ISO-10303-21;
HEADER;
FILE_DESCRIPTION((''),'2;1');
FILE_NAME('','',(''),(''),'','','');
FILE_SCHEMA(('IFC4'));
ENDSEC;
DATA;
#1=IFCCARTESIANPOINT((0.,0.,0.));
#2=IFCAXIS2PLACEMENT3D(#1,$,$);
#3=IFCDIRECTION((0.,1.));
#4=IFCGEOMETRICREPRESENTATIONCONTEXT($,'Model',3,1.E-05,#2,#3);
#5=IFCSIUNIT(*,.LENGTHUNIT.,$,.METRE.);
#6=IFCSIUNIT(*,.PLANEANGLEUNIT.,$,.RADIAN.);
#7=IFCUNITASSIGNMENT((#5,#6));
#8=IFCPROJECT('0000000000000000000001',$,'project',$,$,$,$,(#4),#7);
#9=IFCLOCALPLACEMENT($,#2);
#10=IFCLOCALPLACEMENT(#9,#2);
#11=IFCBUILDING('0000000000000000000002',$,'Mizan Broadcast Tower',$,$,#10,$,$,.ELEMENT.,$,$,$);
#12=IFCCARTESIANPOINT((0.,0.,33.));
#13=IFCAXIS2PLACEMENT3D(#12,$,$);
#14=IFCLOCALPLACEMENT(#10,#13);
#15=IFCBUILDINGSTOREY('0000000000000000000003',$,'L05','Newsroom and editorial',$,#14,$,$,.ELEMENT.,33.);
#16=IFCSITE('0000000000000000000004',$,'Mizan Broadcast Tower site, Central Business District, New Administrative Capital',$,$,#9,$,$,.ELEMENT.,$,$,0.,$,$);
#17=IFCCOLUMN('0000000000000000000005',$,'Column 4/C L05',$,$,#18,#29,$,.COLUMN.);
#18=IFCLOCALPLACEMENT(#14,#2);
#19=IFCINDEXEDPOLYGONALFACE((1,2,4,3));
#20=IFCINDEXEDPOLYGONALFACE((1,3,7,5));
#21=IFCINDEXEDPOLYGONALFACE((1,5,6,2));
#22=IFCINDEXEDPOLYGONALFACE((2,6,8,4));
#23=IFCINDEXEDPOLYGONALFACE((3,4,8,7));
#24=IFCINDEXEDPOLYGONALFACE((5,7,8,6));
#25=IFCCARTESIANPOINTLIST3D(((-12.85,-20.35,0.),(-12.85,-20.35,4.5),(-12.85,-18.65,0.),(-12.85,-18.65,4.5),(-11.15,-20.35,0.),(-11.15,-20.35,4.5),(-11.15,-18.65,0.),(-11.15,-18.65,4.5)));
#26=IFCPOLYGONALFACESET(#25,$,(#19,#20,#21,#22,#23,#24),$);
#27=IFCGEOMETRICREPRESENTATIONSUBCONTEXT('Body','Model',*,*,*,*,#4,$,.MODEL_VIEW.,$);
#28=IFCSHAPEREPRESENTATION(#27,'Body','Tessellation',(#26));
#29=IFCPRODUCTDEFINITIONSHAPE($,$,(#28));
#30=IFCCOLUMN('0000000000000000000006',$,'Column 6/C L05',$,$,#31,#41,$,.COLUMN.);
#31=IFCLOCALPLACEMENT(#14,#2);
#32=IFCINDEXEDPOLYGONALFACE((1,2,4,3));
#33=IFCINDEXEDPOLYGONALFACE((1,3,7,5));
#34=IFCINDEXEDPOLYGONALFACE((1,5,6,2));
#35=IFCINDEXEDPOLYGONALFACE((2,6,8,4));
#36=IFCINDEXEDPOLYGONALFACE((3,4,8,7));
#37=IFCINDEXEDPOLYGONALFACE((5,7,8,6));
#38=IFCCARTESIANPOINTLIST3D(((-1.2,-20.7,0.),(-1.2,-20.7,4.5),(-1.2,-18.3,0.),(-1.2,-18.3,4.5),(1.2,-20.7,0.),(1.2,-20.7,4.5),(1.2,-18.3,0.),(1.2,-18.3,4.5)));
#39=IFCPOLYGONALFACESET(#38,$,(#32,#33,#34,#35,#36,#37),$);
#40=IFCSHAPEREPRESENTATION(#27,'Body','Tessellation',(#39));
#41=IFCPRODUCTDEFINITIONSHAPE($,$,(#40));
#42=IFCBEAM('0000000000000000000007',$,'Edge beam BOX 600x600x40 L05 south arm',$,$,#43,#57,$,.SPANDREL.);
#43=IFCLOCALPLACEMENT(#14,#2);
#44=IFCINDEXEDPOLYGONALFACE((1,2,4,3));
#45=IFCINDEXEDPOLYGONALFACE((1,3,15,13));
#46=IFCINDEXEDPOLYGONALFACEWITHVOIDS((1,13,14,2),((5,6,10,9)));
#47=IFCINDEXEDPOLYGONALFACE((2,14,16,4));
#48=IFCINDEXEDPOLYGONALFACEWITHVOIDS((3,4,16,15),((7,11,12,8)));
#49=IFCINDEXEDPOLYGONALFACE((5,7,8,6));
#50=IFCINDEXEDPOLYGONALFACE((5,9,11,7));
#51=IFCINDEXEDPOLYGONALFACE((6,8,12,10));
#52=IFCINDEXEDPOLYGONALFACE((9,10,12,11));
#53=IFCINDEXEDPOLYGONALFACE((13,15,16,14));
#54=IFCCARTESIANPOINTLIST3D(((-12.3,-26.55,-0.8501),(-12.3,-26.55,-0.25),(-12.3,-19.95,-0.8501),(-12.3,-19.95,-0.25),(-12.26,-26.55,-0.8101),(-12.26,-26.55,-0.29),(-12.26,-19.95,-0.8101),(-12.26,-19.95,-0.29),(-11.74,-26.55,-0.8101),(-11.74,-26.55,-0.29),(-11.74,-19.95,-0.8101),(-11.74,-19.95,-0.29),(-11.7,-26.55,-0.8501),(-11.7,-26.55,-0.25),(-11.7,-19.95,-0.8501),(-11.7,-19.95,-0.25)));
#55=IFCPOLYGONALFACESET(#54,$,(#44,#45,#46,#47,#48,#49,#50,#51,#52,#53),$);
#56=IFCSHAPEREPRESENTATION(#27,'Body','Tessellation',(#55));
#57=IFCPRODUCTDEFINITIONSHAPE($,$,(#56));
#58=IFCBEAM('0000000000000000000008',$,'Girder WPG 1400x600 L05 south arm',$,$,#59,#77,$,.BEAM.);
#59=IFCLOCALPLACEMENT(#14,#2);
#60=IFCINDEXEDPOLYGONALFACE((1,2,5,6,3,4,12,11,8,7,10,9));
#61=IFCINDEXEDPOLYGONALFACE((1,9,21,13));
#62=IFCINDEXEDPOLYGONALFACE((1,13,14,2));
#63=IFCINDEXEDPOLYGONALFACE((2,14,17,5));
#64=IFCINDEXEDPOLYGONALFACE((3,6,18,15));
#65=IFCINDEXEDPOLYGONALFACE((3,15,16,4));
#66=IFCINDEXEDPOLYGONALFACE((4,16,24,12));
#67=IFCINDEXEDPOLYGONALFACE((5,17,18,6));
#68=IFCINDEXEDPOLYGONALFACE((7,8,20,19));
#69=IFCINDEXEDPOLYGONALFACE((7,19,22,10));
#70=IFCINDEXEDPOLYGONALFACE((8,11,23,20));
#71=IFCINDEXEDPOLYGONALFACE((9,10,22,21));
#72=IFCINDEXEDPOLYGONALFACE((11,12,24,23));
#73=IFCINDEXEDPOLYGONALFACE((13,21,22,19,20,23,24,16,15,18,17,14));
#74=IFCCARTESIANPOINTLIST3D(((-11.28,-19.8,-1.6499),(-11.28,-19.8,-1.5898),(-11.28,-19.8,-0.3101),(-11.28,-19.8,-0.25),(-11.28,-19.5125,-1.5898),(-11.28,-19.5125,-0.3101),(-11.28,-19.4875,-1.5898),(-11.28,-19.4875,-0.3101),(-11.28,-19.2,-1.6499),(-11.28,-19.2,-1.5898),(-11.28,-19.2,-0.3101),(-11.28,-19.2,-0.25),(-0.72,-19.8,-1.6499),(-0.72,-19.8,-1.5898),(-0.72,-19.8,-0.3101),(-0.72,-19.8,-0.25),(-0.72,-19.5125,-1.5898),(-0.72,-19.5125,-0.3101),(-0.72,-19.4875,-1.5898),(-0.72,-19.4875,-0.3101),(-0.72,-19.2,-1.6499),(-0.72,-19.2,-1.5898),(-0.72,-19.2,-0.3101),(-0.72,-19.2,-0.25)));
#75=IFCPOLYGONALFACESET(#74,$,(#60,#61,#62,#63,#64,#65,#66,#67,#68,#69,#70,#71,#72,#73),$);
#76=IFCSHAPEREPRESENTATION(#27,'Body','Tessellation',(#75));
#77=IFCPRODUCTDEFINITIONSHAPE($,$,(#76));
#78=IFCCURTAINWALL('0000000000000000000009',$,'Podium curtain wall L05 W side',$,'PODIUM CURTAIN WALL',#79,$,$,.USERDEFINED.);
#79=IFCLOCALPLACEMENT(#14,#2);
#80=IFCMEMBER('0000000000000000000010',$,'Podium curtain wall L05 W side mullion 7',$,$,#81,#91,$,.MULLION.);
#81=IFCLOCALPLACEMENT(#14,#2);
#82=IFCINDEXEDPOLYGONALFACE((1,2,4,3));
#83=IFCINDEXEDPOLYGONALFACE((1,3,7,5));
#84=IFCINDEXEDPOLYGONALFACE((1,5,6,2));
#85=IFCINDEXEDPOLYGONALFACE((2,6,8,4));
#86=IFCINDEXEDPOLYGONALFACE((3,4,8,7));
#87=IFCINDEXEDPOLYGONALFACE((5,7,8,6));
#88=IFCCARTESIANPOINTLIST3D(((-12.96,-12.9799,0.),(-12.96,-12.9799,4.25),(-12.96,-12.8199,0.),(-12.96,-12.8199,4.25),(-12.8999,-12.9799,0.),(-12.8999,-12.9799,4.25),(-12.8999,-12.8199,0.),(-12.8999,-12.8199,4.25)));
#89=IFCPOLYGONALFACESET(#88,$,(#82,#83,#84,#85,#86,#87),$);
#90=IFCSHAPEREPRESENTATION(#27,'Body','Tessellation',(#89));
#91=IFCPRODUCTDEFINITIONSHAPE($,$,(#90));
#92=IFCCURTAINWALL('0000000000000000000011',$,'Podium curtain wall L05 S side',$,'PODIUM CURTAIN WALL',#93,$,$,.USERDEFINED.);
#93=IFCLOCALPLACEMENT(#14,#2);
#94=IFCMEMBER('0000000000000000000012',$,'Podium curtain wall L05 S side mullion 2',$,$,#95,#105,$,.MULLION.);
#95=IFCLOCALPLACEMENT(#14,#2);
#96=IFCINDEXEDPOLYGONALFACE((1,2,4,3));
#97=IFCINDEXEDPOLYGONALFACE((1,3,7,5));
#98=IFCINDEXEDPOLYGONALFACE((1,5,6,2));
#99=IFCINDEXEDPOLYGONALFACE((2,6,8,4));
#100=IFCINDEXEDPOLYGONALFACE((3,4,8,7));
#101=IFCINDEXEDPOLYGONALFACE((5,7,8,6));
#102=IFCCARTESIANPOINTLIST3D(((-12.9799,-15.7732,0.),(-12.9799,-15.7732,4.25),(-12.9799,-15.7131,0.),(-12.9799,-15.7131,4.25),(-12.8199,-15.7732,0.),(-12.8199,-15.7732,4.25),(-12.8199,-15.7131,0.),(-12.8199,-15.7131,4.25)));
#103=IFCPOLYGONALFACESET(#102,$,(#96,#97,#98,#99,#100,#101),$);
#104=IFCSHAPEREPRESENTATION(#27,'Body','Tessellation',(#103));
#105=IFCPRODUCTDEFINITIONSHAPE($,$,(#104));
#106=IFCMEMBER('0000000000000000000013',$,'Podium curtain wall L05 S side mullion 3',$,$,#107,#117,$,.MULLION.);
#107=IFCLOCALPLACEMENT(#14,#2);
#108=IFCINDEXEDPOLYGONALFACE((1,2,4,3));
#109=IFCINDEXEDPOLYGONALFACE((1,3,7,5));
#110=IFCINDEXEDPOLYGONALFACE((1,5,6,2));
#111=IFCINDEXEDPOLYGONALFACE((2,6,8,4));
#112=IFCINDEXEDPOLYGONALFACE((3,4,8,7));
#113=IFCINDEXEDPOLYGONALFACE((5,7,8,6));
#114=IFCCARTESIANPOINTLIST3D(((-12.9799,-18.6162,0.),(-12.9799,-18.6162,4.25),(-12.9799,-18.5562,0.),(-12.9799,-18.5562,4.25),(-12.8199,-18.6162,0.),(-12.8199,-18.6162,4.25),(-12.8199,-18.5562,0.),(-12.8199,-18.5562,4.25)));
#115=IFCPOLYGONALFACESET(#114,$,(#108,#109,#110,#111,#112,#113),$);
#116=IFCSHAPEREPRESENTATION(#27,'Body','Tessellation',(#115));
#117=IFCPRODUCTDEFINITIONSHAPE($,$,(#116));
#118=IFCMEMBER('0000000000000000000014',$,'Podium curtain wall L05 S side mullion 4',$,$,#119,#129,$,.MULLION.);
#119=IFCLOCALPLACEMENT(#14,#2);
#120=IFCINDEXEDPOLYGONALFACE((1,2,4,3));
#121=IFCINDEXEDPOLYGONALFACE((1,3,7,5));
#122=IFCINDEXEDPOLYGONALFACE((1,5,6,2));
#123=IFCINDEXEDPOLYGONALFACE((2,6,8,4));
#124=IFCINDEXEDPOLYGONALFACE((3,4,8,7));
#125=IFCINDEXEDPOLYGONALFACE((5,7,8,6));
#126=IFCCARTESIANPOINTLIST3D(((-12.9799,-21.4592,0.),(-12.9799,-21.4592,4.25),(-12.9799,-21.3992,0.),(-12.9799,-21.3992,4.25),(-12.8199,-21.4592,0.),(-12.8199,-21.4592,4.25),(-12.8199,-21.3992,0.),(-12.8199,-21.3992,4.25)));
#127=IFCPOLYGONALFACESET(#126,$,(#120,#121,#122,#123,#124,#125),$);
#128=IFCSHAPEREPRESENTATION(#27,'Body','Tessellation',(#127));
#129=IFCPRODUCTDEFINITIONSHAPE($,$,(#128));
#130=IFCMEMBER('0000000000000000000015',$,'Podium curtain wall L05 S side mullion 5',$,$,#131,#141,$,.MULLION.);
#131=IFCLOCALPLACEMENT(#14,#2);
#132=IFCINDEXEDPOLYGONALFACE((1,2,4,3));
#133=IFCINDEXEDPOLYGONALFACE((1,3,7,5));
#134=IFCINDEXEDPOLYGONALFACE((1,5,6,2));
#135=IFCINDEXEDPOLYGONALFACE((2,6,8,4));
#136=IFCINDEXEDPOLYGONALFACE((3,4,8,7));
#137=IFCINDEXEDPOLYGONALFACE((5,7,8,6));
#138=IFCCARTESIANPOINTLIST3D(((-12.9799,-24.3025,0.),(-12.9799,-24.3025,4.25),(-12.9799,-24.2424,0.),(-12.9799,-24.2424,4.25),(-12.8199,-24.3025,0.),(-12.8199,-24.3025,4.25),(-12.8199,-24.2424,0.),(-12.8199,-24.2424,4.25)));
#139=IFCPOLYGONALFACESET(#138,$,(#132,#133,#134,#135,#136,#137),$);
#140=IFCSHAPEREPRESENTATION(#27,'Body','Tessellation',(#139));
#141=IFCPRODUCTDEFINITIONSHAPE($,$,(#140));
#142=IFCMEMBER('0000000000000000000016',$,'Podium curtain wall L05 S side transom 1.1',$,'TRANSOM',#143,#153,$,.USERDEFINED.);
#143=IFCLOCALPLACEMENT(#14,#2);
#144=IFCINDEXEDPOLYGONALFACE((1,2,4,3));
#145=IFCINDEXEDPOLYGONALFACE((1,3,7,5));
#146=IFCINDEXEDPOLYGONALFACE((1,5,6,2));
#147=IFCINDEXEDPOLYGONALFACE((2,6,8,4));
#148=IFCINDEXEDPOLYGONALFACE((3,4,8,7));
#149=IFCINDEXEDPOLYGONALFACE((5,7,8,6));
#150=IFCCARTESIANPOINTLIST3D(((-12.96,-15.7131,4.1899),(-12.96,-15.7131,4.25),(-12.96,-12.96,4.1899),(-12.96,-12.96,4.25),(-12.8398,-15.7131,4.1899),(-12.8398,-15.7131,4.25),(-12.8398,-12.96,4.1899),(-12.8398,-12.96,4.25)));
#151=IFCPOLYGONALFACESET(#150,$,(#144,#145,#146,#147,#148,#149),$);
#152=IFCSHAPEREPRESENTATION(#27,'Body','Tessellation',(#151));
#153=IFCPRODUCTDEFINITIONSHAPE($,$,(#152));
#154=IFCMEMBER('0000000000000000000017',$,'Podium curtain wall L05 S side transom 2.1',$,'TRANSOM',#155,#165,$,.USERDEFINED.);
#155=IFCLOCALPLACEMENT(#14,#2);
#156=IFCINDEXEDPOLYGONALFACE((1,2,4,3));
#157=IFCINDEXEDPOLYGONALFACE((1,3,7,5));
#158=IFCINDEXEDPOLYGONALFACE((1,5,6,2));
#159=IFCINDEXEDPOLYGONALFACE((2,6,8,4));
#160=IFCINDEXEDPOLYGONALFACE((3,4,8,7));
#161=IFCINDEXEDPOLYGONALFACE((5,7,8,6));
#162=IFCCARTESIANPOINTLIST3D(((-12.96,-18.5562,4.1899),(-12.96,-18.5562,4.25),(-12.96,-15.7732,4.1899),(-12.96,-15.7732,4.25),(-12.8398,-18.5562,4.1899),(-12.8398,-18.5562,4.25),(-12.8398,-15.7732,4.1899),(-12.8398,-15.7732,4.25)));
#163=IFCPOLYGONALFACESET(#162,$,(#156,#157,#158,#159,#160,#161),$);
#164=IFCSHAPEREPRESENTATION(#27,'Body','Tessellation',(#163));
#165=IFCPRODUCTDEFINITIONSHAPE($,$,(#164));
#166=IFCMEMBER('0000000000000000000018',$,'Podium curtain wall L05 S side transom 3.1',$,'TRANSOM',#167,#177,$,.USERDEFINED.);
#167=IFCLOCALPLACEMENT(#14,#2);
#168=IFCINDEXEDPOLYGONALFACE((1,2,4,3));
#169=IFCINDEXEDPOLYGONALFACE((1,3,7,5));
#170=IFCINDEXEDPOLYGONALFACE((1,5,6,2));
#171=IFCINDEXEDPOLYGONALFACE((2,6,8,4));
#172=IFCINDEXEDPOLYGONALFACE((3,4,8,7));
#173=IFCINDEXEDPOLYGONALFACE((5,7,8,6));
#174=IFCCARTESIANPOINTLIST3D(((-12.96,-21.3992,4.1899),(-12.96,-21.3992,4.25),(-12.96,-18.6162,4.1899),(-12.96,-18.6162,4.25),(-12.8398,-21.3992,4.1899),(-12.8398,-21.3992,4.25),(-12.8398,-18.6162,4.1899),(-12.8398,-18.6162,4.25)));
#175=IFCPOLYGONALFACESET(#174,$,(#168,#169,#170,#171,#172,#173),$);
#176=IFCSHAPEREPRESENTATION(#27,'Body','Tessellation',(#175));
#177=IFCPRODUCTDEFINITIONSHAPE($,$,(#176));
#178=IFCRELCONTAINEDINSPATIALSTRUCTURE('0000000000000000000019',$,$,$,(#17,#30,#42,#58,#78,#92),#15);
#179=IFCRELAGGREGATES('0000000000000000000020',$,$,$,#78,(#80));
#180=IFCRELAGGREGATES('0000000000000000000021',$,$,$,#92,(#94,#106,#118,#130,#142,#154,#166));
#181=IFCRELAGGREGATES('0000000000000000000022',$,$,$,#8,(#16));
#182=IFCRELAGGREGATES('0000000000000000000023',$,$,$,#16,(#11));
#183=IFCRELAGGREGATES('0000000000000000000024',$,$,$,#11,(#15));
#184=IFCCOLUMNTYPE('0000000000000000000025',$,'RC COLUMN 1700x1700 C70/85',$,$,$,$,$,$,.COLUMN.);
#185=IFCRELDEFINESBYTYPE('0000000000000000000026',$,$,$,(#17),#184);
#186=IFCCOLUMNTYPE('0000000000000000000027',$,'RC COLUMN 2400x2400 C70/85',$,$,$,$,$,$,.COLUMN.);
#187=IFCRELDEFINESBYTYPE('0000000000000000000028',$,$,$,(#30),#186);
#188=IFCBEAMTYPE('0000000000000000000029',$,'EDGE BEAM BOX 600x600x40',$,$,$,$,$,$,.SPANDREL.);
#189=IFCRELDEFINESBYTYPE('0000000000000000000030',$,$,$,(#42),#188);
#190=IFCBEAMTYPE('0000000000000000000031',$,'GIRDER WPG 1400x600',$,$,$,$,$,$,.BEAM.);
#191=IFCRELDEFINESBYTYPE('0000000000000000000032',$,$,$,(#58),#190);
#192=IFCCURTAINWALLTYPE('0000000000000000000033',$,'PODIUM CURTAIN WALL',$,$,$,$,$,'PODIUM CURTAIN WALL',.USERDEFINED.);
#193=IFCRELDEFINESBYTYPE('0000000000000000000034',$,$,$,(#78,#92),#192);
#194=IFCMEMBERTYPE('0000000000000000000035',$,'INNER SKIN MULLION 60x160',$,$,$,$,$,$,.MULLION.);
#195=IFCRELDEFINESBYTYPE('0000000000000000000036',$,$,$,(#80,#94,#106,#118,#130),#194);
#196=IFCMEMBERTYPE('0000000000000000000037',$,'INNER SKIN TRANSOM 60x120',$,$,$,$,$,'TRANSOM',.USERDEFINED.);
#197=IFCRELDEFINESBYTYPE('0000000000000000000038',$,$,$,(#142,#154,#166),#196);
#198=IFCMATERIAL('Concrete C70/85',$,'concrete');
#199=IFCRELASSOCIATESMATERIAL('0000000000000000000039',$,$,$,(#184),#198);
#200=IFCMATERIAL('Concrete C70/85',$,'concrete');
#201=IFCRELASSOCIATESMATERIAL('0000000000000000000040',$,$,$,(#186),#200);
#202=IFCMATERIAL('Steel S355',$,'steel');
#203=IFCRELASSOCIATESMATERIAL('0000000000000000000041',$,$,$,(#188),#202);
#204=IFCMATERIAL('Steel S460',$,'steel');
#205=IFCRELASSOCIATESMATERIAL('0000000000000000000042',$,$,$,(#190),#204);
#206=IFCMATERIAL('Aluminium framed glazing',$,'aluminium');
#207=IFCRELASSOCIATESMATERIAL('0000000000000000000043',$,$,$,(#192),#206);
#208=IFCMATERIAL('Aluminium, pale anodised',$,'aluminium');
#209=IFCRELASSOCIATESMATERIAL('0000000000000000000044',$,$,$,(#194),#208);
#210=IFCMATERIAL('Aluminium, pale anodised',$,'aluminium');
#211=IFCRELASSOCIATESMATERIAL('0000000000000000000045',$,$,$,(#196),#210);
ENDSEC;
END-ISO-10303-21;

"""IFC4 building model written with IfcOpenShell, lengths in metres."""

from ifc_helpers import new_model, si_unit, direction, frame, origin, origin_2d, place, context, subcontext, project, spatial, rectangle, hollow_rectangle, i_section, extrude, material, material_profile, profile_set, type_object, element, aggregate, save


model = new_model("IFC4")

# Units and contexts
model_context = context("Model", 3, precision=1e-05, world=origin(), true_north=direction((0.0, 1.0)))
body_context = subcontext(model_context, "Body", "Model", "MODEL_VIEW")
ifc_project = project(units=[si_unit("LENGTHUNIT", "METRE"), si_unit("PLANEANGLEUNIT", "RADIAN")], contexts=[model_context])

# Site, building, storey
site_placement = place(None, origin())
site = spatial("IfcSite", under=ifc_project, at=site_placement, Name="Mizan Broadcast Tower site, Central Business District, New Administrative Capital", CompositionType="ELEMENT", RefElevation=0.0)
building_placement = place(site_placement, origin())
building = spatial("IfcBuilding", under=site, at=building_placement, Name="Mizan Broadcast Tower", CompositionType="ELEMENT")
storey_placement = place(building_placement, frame((0.0, 0.0, 33.0)))
storey = spatial("IfcBuildingStorey", under=building, at=storey_placement, Name="L05", Description="Newsroom and editorial", CompositionType="ELEMENT", Elevation=33.0)

# Columns
ifc_material_1 = material(Name="Concrete C70/85", Category="concrete")
ifc_material_profile_1 = material_profile(ifc_material_1, rectangle(XDim=1.7, YDim=1.7, at=origin_2d()), Name="RC 1700x1700")
ifc_profile_set_1 = profile_set([ifc_material_profile_1], Name="Concrete C70/85")
column_type_1 = type_object("IfcColumnType", Name="RC COLUMN 1700x1700 C70/85", PredefinedType="COLUMN", material=ifc_profile_set_1)
column_1_placement = place(storey_placement, frame((-12.0, -19.5, 0.0), z_axis=(0.0, 0.0, 1.0), x_axis=(1.0, 0.0, 0.0)))
element("IfcColumn", 1, at=column_1_placement, inside=storey, type_object=column_type_1, Name="Column 4/C L05", PredefinedType="COLUMN", context=body_context, shape_type="SweptSolid", body=[
    extrude(rectangle(XDim=1.7, YDim=1.7, at=origin_2d()), origin(), (0.0, 0.0, 1.0), 4.5),
])
ifc_material_2 = material(Name="Concrete C70/85", Category="concrete")
ifc_material_profile_2 = material_profile(ifc_material_2, rectangle(XDim=2.3999, YDim=2.3999, at=origin_2d()), Name="RC 2400x2400")
ifc_profile_set_2 = profile_set([ifc_material_profile_2], Name="Concrete C70/85")
column_type_2 = type_object("IfcColumnType", Name="RC COLUMN 2400x2400 C70/85", PredefinedType="COLUMN", material=ifc_profile_set_2)
column_2_placement = place(storey_placement, frame((0.0, -19.5, 0.0), z_axis=(0.0, 0.0, 1.0), x_axis=(1.0, 0.0, 0.0)))
element("IfcColumn", 2, at=column_2_placement, inside=storey, type_object=column_type_2, Name="Column 6/C L05", PredefinedType="COLUMN", context=body_context, shape_type="SweptSolid", body=[
    extrude(rectangle(XDim=2.3999, YDim=2.3999, at=origin_2d()), origin(), (0.0, 0.0, 1.0), 4.5),
])

# Beams
ifc_material_3 = material(Name="Steel S355", Category="steel")
ifc_material_profile_3 = material_profile(ifc_material_3, hollow_rectangle(XDim=0.6001, YDim=0.6001, WallThickness=0.04, at=origin_2d()), Name="BOX 600x600x40")
ifc_profile_set_3 = profile_set([ifc_material_profile_3], Name="Steel S355")
beam_type_1 = type_object("IfcBeamType", Name="EDGE BEAM BOX 600x600x40", PredefinedType="SPANDREL", material=ifc_profile_set_3)
beam_1_placement = place(storey_placement, frame((-12.0, -19.95, -0.55), z_axis=(0.0, -1.0, 0.0), x_axis=(1.0, 0.0, 0.0)))
element("IfcBeam", 3, at=beam_1_placement, inside=storey, type_object=beam_type_1, Name="Edge beam BOX 600x600x40 L05 south arm", PredefinedType="SPANDREL", context=body_context, shape_type="SweptSolid", body=[
    extrude(hollow_rectangle(XDim=0.6001, YDim=0.6001, WallThickness=0.04, at=origin_2d()), origin(), (0.0, 0.0, 1.0), 6.6001),
])
ifc_material_4 = material(Name="Steel S460", Category="steel")
ifc_material_profile_4 = material_profile(ifc_material_4, i_section(OverallWidth=0.6001, OverallDepth=1.3999, WebThickness=0.0249, FlangeThickness=0.0601, at=origin_2d()), Name="WPG 1400x600")
ifc_profile_set_4 = profile_set([ifc_material_profile_4], Name="Steel S460")
beam_type_2 = type_object("IfcBeamType", Name="GIRDER WPG 1400x600", PredefinedType="BEAM", material=ifc_profile_set_4)
beam_2_placement = place(storey_placement, frame((-11.28, -19.5, -0.95), z_axis=(1.0, 0.0, 0.0), x_axis=(0.0, 1.0, 0.0)))
element("IfcBeam", 4, at=beam_2_placement, inside=storey, type_object=beam_type_2, Name="Girder WPG 1400x600 L05 south arm", PredefinedType="BEAM", context=body_context, shape_type="SweptSolid", body=[
    extrude(i_section(OverallWidth=0.6001, OverallDepth=1.3999, WebThickness=0.0249, FlangeThickness=0.0601, at=origin_2d()), origin(), (0.0, 0.0, 1.0), 10.5601),
])

# Curtain wall, member
ifc_material_5 = material(Name="Aluminium framed glazing", Category="aluminium")
curtain_wall_type_1 = type_object("IfcCurtainWallType", Name="PODIUM CURTAIN WALL", ElementType="PODIUM CURTAIN WALL", PredefinedType="USERDEFINED", material=ifc_material_5)
curtain_wall_1_placement = place(storey_placement, origin())
curtain_wall_1 = element("IfcCurtainWall", 5, at=curtain_wall_1_placement, inside=storey, type_object=curtain_wall_type_1, Name="Podium curtain wall L05 W side", ObjectType="PODIUM CURTAIN WALL", PredefinedType="USERDEFINED")
ifc_material_6 = material(Name="Aluminium, pale anodised", Category="aluminium")
ifc_material_profile_5 = material_profile(ifc_material_6, rectangle(XDim=0.1599, YDim=0.0601, at=origin_2d()), Name="MULLION 160x60")
ifc_profile_set_5 = profile_set([ifc_material_profile_5], Name="Aluminium, pale anodised")
member_type_1 = type_object("IfcMemberType", Name="INNER SKIN MULLION 60x160", PredefinedType="MULLION", material=ifc_profile_set_5)
member_1_placement = place(storey_placement, frame((-12.9299, -12.8999, 0.0), z_axis=(0.0, 0.0, 1.0), x_axis=(0.0, 1.0, 0.0)))
member_1 = element("IfcMember", 6, at=member_1_placement, type_object=member_type_1, Name="Podium curtain wall L05 W side mullion 7", PredefinedType="MULLION", context=body_context, shape_type="SweptSolid", body=[
    extrude(rectangle(XDim=0.1599, YDim=0.0601, at=origin_2d()), origin(), (0.0, 0.0, 1.0), 4.25),
])
aggregate(curtain_wall_1, [member_1])

# Curtain wall, members
curtain_wall_2_placement = place(storey_placement, origin())
curtain_wall_2 = element("IfcCurtainWall", 7, at=curtain_wall_2_placement, inside=storey, type_object=curtain_wall_type_1, Name="Podium curtain wall L05 S side", ObjectType="PODIUM CURTAIN WALL", PredefinedType="USERDEFINED")
member_2_placement = place(storey_placement, frame((-12.8999, -15.7432, 0.0), z_axis=(0.0, 0.0, 1.0), x_axis=(1.0, 0.0, 0.0)))
member_2 = element("IfcMember", 8, at=member_2_placement, type_object=member_type_1, Name="Podium curtain wall L05 S side mullion 2", PredefinedType="MULLION", context=body_context, shape_type="SweptSolid", body=[
    extrude(rectangle(XDim=0.1599, YDim=0.0601, at=origin_2d()), origin(), (0.0, 0.0, 1.0), 4.25),
])
member_3_placement = place(storey_placement, frame((-12.8999, -18.5862, 0.0), z_axis=(0.0, 0.0, 1.0), x_axis=(1.0, 0.0, 0.0)))
member_3 = element("IfcMember", 9, at=member_3_placement, type_object=member_type_1, Name="Podium curtain wall L05 S side mullion 3", PredefinedType="MULLION", context=body_context, shape_type="SweptSolid", body=[
    extrude(rectangle(XDim=0.1599, YDim=0.0601, at=origin_2d()), origin(), (0.0, 0.0, 1.0), 4.25),
])
member_4_placement = place(storey_placement, frame((-12.8999, -21.4292, 0.0), z_axis=(0.0, 0.0, 1.0), x_axis=(1.0, 0.0, 0.0)))
member_4 = element("IfcMember", 10, at=member_4_placement, type_object=member_type_1, Name="Podium curtain wall L05 S side mullion 4", PredefinedType="MULLION", context=body_context, shape_type="SweptSolid", body=[
    extrude(rectangle(XDim=0.1599, YDim=0.0601, at=origin_2d()), origin(), (0.0, 0.0, 1.0), 4.25),
])
member_5_placement = place(storey_placement, frame((-12.8999, -24.2725, 0.0), z_axis=(0.0, 0.0, 1.0), x_axis=(1.0, 0.0, 0.0)))
member_5 = element("IfcMember", 11, at=member_5_placement, type_object=member_type_1, Name="Podium curtain wall L05 S side mullion 5", PredefinedType="MULLION", context=body_context, shape_type="SweptSolid", body=[
    extrude(rectangle(XDim=0.1599, YDim=0.0601, at=origin_2d()), origin(), (0.0, 0.0, 1.0), 4.25),
])
ifc_material_7 = material(Name="Aluminium, pale anodised", Category="aluminium")
ifc_material_profile_6 = material_profile(ifc_material_7, rectangle(XDim=0.1201, YDim=0.0601, at=origin_2d()), Name="TRANSOM 120x60")
ifc_profile_set_6 = profile_set([ifc_material_profile_6], Name="Aluminium, pale anodised")
member_type_2 = type_object("IfcMemberType", Name="INNER SKIN TRANSOM 60x120", ElementType="TRANSOM", PredefinedType="USERDEFINED", material=ifc_profile_set_6)
member_6_placement = place(storey_placement, frame((-12.8999, -12.96, 4.22), z_axis=(0.0, -1.0, 0.0), x_axis=(1.0, 0.0, 0.0)))
member_6 = element("IfcMember", 12, at=member_6_placement, type_object=member_type_2, Name="Podium curtain wall L05 S side transom 1.1", ObjectType="TRANSOM", PredefinedType="USERDEFINED", context=body_context, shape_type="SweptSolid", body=[
    extrude(rectangle(XDim=0.1201, YDim=0.0601, at=origin_2d()), origin(), (0.0, 0.0, 1.0), 2.7532),
])
member_7_placement = place(storey_placement, frame((-12.8999, -15.7732, 4.22), z_axis=(0.0, -1.0, 0.0), x_axis=(1.0, 0.0, 0.0)))
member_7 = element("IfcMember", 13, at=member_7_placement, type_object=member_type_2, Name="Podium curtain wall L05 S side transom 2.1", ObjectType="TRANSOM", PredefinedType="USERDEFINED", context=body_context, shape_type="SweptSolid", body=[
    extrude(rectangle(XDim=0.1201, YDim=0.0601, at=origin_2d()), origin(), (0.0, 0.0, 1.0), 2.783),
])
member_8_placement = place(storey_placement, frame((-12.8999, -18.6162, 4.22), z_axis=(0.0, -1.0, 0.0), x_axis=(1.0, 0.0, 0.0)))
member_8 = element("IfcMember", 14, at=member_8_placement, type_object=member_type_2, Name="Podium curtain wall L05 S side transom 3.1", ObjectType="TRANSOM", PredefinedType="USERDEFINED", context=body_context, shape_type="SweptSolid", body=[
    extrude(rectangle(XDim=0.1201, YDim=0.0601, at=origin_2d()), origin(), (0.0, 0.0, 1.0), 2.783),
])

aggregate(curtain_wall_2, [member_2, member_3, member_4, member_5, member_6, member_7, member_8])

save(model, "model.ifc")
